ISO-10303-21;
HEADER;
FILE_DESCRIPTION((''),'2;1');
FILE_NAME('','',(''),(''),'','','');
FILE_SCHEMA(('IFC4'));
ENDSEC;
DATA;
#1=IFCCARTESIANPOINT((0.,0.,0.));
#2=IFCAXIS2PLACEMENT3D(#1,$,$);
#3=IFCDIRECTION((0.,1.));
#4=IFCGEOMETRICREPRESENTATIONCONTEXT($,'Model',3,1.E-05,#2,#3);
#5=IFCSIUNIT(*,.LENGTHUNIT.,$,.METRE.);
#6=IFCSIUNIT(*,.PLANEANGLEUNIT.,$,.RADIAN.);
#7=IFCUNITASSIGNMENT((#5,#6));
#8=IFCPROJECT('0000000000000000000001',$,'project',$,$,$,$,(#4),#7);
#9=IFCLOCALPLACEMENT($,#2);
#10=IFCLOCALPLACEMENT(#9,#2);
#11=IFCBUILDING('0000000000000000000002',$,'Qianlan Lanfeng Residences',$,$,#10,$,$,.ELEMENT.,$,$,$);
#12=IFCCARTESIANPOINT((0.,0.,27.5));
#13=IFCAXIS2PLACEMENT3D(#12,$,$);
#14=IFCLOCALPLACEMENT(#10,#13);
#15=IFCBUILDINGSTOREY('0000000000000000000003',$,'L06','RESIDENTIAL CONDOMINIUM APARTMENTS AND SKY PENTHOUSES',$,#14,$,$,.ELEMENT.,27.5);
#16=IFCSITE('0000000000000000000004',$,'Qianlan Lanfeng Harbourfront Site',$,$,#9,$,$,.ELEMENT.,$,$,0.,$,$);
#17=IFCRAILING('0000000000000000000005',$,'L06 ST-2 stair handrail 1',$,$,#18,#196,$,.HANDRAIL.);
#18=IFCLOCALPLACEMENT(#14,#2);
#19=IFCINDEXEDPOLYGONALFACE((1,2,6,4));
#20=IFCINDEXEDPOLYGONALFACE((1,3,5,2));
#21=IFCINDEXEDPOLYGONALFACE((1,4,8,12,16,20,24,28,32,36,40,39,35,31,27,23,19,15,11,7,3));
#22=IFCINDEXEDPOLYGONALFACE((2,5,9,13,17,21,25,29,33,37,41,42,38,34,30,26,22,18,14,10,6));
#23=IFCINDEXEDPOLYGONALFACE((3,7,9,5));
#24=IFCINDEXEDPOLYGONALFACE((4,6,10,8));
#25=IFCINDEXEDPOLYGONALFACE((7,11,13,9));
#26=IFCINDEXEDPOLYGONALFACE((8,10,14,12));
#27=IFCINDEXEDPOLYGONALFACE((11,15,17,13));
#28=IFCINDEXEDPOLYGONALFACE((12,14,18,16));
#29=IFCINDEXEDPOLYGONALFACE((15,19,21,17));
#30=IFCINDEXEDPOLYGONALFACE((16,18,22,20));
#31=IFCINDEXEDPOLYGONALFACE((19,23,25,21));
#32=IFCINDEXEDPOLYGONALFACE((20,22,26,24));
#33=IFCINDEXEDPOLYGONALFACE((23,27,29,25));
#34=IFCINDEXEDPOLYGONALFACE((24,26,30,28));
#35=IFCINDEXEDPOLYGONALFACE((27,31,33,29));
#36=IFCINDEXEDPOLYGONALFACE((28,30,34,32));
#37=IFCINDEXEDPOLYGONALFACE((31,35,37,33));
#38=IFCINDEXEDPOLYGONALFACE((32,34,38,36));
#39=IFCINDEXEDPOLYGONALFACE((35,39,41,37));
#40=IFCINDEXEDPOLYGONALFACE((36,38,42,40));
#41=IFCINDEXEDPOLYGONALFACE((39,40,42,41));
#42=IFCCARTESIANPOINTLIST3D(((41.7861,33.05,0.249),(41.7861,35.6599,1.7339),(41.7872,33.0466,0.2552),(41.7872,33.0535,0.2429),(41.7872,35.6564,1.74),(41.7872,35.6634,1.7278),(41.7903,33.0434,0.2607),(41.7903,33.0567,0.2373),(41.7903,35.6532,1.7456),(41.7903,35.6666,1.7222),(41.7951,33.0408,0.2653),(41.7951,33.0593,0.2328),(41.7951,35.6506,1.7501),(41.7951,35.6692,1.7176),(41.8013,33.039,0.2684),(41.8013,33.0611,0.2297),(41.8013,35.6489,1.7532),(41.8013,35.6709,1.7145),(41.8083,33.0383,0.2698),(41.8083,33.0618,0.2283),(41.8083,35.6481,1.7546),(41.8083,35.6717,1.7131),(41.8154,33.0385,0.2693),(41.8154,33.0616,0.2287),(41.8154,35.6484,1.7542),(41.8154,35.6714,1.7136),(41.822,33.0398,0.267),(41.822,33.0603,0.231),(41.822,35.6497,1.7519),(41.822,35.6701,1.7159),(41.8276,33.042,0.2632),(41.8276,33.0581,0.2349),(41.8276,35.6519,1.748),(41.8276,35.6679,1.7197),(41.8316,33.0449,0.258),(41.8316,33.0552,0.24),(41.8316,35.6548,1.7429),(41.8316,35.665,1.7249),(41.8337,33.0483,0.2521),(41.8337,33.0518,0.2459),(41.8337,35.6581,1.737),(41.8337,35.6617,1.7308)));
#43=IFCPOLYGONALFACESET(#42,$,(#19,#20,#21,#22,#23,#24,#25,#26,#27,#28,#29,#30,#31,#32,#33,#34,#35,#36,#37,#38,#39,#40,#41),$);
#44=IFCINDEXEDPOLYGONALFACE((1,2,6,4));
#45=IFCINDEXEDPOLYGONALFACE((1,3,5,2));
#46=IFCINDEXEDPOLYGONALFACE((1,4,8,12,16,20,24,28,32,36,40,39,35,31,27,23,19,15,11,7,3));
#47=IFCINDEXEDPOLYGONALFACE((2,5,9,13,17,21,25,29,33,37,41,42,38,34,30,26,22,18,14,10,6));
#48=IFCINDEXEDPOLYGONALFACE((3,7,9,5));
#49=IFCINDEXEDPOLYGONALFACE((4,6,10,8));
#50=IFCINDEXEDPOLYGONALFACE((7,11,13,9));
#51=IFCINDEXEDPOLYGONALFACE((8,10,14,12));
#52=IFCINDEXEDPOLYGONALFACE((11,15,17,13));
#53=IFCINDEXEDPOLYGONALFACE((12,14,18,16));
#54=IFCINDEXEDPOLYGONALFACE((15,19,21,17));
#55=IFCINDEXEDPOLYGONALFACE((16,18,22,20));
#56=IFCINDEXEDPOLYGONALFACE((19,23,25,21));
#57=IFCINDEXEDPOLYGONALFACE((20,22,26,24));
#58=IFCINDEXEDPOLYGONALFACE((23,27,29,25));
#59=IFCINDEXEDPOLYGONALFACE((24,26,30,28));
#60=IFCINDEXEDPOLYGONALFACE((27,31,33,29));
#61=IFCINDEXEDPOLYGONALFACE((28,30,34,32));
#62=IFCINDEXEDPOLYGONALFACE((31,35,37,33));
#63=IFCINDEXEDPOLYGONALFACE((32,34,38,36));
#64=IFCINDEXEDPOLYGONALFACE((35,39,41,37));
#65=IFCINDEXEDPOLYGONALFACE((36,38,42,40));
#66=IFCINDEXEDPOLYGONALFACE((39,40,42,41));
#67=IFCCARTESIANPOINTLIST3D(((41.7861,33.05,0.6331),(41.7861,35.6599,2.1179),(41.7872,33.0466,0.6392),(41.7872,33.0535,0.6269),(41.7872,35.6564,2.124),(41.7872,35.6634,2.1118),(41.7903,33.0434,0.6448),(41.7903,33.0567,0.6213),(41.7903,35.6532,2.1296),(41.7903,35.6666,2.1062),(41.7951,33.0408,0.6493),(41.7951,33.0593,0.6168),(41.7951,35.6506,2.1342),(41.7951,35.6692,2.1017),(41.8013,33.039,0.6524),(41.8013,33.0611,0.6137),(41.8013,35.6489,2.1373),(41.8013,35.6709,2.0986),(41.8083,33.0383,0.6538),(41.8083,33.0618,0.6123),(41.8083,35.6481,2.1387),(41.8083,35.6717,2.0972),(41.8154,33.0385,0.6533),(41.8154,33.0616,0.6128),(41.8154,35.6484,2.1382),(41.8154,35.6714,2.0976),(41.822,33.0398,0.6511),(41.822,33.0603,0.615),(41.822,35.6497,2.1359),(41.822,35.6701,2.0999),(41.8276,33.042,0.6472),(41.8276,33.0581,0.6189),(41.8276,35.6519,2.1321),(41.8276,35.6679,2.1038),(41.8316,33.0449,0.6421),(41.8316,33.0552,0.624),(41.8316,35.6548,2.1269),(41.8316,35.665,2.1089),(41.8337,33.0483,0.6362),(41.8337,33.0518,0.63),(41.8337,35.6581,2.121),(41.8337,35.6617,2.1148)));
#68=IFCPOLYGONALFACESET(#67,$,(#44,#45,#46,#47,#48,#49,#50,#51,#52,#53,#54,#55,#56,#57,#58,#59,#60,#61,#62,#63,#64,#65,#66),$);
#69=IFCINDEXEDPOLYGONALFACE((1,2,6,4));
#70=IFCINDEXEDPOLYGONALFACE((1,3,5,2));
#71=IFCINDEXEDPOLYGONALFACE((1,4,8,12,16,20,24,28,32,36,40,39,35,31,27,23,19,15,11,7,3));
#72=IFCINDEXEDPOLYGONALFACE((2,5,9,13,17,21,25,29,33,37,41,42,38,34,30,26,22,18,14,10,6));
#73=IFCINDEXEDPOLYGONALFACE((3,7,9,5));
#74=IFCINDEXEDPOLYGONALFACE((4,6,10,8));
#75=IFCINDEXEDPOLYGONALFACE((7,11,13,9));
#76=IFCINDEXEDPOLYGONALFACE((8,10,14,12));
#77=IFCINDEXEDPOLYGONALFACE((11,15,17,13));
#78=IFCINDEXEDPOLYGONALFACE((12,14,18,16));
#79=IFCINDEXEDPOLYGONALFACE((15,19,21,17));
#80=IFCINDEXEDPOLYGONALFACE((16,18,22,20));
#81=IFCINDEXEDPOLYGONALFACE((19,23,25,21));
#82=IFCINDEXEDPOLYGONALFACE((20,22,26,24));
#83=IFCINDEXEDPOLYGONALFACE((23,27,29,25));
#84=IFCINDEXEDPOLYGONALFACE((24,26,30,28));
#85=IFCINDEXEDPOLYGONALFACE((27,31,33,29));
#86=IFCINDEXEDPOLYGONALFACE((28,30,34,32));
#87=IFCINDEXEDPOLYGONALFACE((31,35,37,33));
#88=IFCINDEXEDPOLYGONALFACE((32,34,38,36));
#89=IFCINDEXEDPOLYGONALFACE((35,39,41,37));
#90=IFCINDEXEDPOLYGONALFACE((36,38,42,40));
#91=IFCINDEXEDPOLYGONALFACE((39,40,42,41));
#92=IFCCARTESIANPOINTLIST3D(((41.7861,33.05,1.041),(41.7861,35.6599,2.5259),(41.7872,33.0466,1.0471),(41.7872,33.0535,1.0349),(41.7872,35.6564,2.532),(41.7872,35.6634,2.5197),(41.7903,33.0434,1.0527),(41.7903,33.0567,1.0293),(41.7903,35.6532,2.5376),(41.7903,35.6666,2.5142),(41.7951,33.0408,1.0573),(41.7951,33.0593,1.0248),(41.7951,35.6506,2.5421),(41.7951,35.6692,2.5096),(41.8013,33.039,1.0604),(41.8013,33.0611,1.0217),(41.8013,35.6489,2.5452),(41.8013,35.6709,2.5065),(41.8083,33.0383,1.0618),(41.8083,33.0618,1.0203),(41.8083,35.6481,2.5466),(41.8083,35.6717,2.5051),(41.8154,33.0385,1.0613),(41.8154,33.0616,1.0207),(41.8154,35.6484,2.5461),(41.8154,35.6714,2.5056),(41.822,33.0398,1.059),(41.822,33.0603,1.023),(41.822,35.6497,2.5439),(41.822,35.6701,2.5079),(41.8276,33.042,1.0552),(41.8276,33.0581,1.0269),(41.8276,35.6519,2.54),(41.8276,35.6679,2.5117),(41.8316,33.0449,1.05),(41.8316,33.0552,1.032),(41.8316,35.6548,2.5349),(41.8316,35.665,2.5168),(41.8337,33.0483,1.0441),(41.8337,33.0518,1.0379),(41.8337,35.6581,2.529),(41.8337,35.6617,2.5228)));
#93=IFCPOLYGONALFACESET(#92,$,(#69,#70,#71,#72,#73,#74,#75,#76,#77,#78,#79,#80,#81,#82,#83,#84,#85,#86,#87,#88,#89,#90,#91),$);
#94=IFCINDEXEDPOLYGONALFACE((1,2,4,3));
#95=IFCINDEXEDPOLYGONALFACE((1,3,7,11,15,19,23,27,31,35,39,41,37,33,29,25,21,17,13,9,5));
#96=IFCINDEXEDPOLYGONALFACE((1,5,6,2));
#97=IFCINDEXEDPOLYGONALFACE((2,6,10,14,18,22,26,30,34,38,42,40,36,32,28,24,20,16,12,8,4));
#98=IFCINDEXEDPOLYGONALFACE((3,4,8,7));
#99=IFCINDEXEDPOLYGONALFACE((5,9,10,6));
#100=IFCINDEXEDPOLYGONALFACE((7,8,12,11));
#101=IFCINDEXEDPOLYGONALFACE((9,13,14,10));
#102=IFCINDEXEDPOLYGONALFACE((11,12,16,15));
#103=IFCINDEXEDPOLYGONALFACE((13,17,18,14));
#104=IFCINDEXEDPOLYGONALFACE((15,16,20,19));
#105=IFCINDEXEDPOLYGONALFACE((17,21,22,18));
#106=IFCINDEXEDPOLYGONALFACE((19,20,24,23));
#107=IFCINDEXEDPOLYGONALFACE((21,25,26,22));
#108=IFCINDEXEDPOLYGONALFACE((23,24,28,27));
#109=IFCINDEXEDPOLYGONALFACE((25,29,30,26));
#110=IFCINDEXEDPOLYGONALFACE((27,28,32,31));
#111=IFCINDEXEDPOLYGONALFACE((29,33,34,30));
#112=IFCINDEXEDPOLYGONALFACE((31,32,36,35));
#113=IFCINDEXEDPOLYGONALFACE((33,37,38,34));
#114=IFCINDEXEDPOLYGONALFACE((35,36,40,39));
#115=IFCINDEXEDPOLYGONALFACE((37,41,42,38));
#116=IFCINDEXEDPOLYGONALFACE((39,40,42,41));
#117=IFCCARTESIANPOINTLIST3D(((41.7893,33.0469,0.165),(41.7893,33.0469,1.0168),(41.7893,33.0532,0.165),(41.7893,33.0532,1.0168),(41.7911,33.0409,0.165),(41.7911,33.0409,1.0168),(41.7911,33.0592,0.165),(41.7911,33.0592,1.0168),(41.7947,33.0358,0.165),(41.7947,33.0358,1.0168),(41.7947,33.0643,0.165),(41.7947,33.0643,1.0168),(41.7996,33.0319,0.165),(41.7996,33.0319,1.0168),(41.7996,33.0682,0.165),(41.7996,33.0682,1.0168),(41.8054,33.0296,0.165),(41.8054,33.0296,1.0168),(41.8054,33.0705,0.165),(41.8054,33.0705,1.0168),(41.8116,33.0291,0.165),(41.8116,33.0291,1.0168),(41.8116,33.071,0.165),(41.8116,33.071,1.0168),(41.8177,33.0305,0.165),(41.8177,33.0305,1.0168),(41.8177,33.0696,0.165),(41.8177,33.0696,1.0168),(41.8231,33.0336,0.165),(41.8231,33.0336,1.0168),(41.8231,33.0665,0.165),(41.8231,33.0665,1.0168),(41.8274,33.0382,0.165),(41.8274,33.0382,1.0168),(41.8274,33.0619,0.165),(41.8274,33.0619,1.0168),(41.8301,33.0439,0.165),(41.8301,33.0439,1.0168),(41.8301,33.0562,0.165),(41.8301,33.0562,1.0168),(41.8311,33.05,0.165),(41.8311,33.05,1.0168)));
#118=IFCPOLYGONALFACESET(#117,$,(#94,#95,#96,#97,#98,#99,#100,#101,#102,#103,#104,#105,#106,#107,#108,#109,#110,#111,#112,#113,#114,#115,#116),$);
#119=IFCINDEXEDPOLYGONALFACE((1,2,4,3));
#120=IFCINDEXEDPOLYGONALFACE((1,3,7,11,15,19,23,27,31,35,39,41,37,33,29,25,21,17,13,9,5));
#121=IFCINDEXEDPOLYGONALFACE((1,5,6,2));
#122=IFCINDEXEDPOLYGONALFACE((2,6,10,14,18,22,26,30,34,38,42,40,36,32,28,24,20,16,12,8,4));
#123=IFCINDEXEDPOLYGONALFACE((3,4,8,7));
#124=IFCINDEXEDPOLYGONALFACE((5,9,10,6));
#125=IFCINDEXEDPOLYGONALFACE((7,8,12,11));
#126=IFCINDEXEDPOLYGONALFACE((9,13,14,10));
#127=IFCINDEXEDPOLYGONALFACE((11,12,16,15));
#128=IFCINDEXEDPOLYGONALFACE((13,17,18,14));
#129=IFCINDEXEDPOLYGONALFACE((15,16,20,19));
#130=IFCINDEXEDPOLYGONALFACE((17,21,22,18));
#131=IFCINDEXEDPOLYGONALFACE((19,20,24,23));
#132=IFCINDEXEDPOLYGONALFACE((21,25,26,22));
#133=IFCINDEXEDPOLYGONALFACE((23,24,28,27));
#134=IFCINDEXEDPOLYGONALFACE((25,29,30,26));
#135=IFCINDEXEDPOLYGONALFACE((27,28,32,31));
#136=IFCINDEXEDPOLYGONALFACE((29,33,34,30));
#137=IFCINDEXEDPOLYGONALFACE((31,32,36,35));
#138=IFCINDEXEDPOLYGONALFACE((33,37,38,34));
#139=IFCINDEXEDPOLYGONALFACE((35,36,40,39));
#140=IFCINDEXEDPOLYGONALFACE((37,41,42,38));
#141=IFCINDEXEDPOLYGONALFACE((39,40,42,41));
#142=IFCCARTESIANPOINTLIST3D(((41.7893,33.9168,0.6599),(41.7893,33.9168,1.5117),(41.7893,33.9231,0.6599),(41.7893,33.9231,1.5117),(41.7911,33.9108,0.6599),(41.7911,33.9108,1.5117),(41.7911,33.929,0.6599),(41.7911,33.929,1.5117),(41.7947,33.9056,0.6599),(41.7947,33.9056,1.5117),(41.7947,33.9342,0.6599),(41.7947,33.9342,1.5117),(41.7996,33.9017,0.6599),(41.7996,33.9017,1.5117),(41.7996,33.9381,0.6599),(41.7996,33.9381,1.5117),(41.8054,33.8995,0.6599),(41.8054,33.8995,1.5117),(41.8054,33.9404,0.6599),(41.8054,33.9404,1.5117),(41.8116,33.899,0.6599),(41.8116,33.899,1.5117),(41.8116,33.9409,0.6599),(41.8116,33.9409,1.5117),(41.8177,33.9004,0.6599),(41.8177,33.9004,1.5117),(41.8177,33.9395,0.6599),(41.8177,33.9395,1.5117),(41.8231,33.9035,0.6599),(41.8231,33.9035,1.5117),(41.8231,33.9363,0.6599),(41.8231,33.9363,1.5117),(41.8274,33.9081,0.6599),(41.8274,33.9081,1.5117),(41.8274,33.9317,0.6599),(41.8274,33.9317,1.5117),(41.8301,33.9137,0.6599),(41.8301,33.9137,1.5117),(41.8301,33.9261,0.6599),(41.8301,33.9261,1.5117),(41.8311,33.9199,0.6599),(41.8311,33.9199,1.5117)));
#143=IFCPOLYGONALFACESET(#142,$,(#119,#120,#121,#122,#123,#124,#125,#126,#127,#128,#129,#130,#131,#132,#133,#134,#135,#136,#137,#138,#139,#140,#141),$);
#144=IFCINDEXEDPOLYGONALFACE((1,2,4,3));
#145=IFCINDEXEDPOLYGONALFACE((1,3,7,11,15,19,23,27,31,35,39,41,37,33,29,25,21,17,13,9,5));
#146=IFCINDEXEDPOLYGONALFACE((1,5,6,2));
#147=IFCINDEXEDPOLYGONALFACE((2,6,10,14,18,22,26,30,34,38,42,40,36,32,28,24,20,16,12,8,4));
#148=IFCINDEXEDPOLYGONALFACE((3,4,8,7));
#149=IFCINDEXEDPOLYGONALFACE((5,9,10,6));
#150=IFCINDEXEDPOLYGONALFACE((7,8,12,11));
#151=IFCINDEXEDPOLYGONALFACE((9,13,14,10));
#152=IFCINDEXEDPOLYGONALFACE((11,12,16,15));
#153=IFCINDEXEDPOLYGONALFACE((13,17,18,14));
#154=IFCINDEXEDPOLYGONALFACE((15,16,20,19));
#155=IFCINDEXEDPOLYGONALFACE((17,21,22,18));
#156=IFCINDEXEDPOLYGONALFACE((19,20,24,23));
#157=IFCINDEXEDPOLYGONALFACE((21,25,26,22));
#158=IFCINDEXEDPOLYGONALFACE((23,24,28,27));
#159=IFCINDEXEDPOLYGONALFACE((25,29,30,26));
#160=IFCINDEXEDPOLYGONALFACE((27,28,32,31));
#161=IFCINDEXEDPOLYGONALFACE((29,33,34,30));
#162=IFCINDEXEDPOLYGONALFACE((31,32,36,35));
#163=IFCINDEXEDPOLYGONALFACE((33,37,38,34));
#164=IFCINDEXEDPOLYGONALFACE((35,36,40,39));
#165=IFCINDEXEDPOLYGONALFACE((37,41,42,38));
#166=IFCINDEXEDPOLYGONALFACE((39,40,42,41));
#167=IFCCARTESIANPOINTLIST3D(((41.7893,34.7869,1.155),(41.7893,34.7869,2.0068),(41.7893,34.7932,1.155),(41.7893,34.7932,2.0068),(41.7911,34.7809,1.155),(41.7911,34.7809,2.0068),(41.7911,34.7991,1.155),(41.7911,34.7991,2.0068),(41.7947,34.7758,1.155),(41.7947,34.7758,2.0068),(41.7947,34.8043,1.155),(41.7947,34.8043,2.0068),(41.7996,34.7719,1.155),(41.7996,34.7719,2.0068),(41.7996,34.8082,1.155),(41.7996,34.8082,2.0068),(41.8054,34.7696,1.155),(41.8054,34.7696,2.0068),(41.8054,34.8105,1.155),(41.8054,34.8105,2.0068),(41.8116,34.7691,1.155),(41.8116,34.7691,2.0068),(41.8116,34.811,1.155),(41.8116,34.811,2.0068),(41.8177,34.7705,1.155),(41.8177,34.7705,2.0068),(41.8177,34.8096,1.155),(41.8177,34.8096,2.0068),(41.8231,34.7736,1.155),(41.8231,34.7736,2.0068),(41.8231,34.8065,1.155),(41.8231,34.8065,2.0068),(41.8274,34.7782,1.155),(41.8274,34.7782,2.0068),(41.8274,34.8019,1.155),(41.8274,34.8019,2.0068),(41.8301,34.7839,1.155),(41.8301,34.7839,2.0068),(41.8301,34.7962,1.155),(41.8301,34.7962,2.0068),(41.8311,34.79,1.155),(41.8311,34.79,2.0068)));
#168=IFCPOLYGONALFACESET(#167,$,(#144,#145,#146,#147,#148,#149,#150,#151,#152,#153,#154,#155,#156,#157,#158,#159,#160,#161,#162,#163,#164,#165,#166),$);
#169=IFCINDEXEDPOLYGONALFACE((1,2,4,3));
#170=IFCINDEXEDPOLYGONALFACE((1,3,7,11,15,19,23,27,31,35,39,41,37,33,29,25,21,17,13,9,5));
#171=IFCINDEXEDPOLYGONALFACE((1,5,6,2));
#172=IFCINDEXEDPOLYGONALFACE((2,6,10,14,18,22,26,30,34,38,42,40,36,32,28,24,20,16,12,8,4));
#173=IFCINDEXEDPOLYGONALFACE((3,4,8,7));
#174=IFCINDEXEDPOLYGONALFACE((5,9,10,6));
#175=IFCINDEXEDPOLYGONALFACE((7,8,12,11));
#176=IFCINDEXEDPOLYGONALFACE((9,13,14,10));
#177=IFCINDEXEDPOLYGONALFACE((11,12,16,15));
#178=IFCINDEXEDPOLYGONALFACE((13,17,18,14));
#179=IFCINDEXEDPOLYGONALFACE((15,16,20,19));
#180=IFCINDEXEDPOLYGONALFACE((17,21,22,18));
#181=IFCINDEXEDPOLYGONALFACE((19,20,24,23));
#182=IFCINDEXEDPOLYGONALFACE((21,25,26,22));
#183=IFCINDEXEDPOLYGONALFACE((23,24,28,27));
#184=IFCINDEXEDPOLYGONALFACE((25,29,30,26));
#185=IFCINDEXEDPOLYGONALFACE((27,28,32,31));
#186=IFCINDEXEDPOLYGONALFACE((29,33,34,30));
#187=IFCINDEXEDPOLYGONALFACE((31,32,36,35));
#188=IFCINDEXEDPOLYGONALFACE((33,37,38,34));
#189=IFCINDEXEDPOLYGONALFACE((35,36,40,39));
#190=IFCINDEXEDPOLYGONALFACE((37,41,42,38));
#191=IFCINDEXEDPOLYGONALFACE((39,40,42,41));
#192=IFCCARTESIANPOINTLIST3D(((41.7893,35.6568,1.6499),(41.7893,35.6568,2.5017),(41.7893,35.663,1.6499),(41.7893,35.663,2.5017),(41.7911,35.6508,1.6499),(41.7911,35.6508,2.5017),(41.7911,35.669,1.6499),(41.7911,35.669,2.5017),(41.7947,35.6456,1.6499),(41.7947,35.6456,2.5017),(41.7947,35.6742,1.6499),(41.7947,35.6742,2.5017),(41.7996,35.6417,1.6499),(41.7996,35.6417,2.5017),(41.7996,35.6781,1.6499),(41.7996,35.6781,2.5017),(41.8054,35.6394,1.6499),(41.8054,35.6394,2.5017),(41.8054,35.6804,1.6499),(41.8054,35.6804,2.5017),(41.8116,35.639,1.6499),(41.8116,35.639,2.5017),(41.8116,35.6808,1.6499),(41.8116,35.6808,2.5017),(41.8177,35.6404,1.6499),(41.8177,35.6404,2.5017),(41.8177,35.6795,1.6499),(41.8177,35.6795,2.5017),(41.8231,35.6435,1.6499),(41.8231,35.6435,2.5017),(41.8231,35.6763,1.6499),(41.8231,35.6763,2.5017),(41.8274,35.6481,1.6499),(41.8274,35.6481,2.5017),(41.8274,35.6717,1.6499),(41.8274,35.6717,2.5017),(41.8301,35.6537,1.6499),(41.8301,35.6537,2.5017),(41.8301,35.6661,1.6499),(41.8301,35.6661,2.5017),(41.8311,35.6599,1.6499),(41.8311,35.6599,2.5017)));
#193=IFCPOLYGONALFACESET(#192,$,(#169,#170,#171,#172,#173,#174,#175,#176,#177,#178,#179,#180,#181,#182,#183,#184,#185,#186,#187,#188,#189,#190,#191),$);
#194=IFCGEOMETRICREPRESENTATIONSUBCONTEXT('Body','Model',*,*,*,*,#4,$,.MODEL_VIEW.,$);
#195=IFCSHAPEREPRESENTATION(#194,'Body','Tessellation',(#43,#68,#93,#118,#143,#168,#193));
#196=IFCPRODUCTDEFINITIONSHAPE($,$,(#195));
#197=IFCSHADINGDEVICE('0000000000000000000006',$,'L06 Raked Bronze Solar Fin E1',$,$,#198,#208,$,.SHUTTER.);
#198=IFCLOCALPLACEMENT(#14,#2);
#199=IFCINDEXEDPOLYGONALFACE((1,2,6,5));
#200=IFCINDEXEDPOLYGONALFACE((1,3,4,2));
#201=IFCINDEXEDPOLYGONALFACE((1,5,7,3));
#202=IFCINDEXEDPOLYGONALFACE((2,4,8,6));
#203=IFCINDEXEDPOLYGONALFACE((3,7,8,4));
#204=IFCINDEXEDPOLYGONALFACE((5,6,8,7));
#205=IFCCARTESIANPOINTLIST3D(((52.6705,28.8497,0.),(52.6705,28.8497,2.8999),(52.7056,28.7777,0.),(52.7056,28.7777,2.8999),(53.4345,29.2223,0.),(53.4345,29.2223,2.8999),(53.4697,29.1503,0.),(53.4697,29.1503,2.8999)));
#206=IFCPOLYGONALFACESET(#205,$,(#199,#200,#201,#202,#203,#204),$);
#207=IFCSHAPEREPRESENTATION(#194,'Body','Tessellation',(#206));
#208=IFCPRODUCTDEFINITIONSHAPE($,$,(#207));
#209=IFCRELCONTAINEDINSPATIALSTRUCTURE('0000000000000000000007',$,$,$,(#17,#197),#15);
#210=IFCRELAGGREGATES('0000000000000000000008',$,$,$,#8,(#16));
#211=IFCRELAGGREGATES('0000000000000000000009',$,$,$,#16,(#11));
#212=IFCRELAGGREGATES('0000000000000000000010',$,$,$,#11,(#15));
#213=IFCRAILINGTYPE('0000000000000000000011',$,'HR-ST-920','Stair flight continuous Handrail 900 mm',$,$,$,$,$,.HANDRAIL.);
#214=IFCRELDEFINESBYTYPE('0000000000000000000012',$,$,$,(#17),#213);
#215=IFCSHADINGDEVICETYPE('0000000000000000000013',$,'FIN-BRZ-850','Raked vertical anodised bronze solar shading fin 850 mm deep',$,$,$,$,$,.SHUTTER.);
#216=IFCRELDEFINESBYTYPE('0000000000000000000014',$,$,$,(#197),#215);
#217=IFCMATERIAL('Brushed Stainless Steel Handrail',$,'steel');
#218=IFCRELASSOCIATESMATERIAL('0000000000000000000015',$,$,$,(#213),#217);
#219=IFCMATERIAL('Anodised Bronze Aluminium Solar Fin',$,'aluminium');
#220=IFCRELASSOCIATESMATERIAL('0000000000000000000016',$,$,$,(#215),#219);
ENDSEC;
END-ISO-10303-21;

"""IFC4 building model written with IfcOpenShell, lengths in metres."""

from ifc_helpers import new_model, si_unit, direction, frame, origin, origin_2d, place, context, subcontext, project, spatial, rectangle, circle, extrude, source, transform, mapped, material, type_object, element, save


model = new_model("IFC4")

# Units and contexts
model_context = context("Model", 3, precision=1e-05, world=origin(), true_north=direction((0.0, 1.0)))
body_context = subcontext(model_context, "Body", "Model", "MODEL_VIEW")
ifc_project = project(units=[si_unit("LENGTHUNIT", "METRE"), si_unit("PLANEANGLEUNIT", "RADIAN")], contexts=[model_context])

# Site, building, storey
site_placement = place(None, origin())
site = spatial("IfcSite", under=ifc_project, at=site_placement, Name="Qianlan Lanfeng Harbourfront Site", CompositionType="ELEMENT", RefElevation=0.0)
building_placement = place(site_placement, origin())
building = spatial("IfcBuilding", under=site, at=building_placement, Name="Qianlan Lanfeng Residences", CompositionType="ELEMENT")
storey_placement = place(building_placement, frame((0.0, 0.0, 27.5)))
storey = spatial("IfcBuildingStorey", under=building, at=storey_placement, Name="L06", Description="RESIDENTIAL CONDOMINIUM APARTMENTS AND SKY PENTHOUSES", CompositionType="ELEMENT", Elevation=27.5)

# Railing
ifc_material_1 = material(Name="Brushed Stainless Steel Handrail", Category="steel")
railing_type_1 = type_object("IfcRailingType", Name="HR-ST-920", Description="Stair flight continuous Handrail 900 mm", PredefinedType="HANDRAIL", material=ifc_material_1)
railing_1_placement = place(storey_placement, frame((41.8101, 33.05, 0.165)))
element("IfcRailing", 1, at=railing_1_placement, inside=storey, type_object=railing_type_1, Name="L06 ST-2 stair handrail 1", PredefinedType="HANDRAIL", context=body_context, shape_type="SweptSolid", body=[
    extrude(circle(Radius=0.0239, at=origin_2d()), frame((0.0, 0.0, 0.084), z_axis=(0.0, 0.869172, 0.494509), x_axis=(-1.0, 0.0, 0.0)), (0.0, 0.0, 1.0), 3.0027),
    extrude(circle(Radius=0.0239, at=origin_2d()), frame((0.0, 0.0, 0.468), z_axis=(0.0, 0.869172, 0.494509), x_axis=(-1.0, 0.0, 0.0)), (0.0, 0.0, 1.0), 3.0027),
    extrude(circle(Radius=0.0239, at=origin_2d()), frame((0.0, 0.0, 0.876), z_axis=(0.0, 0.869172, 0.494509), x_axis=(-1.0, 0.0, 0.0)), (0.0, 0.0, 1.0), 3.0027),
    extrude(circle(Radius=0.021, at=origin_2d()), origin(), (0.0, 0.0, 1.0), 0.8518),
    extrude(circle(Radius=0.021, at=origin_2d()), frame((0.0, 0.8699, 0.4949)), (0.0, 0.0, 1.0), 0.8518),
    extrude(circle(Radius=0.021, at=origin_2d()), frame((0.0, 1.74, 0.99)), (0.0, 0.0, 1.0), 0.8518),
    extrude(circle(Radius=0.021, at=origin_2d()), frame((0.0, 2.6099, 1.4849)), (0.0, 0.0, 1.0), 0.8518),
])

# Shading device
ifc_material_2 = material(Name="Anodised Bronze Aluminium Solar Fin", Category="aluminium")
shading_device_type = type_object("IfcShadingDeviceType", Name="FIN-BRZ-850", Description="Raked vertical anodised bronze solar shading fin 850 mm deep", PredefinedType="SHUTTER", material=ifc_material_2)
shared_shape_1 = source(origin(), body_context, "Body", "SweptSolid", [
    extrude(rectangle(XDim=0.8501, YDim=0.0801, at=origin_2d()), origin(), (0.0, 0.0, 1.0), 2.8999),
])
for number, where, z_axis, x_axis, name in (
    (2, (53.0701, 29.0, 0.0), (0.0, 0.0, 1.0), (0.898794, 0.438371, 0.0), "L06 Raked Bronze Solar Fin E1"),
):
    element("IfcShadingDevice", number, at=place(storey_placement, frame(where, z_axis=z_axis, x_axis=x_axis)), inside=storey, type_object=shading_device_type, Name=name, PredefinedType="SHUTTER", context=body_context, shape_type="MappedRepresentation", body=[
        mapped(shared_shape_1, transform((0.0, 0.0, 0.0), scale=1.0)),
    ])

save(model, "model.ifc")
